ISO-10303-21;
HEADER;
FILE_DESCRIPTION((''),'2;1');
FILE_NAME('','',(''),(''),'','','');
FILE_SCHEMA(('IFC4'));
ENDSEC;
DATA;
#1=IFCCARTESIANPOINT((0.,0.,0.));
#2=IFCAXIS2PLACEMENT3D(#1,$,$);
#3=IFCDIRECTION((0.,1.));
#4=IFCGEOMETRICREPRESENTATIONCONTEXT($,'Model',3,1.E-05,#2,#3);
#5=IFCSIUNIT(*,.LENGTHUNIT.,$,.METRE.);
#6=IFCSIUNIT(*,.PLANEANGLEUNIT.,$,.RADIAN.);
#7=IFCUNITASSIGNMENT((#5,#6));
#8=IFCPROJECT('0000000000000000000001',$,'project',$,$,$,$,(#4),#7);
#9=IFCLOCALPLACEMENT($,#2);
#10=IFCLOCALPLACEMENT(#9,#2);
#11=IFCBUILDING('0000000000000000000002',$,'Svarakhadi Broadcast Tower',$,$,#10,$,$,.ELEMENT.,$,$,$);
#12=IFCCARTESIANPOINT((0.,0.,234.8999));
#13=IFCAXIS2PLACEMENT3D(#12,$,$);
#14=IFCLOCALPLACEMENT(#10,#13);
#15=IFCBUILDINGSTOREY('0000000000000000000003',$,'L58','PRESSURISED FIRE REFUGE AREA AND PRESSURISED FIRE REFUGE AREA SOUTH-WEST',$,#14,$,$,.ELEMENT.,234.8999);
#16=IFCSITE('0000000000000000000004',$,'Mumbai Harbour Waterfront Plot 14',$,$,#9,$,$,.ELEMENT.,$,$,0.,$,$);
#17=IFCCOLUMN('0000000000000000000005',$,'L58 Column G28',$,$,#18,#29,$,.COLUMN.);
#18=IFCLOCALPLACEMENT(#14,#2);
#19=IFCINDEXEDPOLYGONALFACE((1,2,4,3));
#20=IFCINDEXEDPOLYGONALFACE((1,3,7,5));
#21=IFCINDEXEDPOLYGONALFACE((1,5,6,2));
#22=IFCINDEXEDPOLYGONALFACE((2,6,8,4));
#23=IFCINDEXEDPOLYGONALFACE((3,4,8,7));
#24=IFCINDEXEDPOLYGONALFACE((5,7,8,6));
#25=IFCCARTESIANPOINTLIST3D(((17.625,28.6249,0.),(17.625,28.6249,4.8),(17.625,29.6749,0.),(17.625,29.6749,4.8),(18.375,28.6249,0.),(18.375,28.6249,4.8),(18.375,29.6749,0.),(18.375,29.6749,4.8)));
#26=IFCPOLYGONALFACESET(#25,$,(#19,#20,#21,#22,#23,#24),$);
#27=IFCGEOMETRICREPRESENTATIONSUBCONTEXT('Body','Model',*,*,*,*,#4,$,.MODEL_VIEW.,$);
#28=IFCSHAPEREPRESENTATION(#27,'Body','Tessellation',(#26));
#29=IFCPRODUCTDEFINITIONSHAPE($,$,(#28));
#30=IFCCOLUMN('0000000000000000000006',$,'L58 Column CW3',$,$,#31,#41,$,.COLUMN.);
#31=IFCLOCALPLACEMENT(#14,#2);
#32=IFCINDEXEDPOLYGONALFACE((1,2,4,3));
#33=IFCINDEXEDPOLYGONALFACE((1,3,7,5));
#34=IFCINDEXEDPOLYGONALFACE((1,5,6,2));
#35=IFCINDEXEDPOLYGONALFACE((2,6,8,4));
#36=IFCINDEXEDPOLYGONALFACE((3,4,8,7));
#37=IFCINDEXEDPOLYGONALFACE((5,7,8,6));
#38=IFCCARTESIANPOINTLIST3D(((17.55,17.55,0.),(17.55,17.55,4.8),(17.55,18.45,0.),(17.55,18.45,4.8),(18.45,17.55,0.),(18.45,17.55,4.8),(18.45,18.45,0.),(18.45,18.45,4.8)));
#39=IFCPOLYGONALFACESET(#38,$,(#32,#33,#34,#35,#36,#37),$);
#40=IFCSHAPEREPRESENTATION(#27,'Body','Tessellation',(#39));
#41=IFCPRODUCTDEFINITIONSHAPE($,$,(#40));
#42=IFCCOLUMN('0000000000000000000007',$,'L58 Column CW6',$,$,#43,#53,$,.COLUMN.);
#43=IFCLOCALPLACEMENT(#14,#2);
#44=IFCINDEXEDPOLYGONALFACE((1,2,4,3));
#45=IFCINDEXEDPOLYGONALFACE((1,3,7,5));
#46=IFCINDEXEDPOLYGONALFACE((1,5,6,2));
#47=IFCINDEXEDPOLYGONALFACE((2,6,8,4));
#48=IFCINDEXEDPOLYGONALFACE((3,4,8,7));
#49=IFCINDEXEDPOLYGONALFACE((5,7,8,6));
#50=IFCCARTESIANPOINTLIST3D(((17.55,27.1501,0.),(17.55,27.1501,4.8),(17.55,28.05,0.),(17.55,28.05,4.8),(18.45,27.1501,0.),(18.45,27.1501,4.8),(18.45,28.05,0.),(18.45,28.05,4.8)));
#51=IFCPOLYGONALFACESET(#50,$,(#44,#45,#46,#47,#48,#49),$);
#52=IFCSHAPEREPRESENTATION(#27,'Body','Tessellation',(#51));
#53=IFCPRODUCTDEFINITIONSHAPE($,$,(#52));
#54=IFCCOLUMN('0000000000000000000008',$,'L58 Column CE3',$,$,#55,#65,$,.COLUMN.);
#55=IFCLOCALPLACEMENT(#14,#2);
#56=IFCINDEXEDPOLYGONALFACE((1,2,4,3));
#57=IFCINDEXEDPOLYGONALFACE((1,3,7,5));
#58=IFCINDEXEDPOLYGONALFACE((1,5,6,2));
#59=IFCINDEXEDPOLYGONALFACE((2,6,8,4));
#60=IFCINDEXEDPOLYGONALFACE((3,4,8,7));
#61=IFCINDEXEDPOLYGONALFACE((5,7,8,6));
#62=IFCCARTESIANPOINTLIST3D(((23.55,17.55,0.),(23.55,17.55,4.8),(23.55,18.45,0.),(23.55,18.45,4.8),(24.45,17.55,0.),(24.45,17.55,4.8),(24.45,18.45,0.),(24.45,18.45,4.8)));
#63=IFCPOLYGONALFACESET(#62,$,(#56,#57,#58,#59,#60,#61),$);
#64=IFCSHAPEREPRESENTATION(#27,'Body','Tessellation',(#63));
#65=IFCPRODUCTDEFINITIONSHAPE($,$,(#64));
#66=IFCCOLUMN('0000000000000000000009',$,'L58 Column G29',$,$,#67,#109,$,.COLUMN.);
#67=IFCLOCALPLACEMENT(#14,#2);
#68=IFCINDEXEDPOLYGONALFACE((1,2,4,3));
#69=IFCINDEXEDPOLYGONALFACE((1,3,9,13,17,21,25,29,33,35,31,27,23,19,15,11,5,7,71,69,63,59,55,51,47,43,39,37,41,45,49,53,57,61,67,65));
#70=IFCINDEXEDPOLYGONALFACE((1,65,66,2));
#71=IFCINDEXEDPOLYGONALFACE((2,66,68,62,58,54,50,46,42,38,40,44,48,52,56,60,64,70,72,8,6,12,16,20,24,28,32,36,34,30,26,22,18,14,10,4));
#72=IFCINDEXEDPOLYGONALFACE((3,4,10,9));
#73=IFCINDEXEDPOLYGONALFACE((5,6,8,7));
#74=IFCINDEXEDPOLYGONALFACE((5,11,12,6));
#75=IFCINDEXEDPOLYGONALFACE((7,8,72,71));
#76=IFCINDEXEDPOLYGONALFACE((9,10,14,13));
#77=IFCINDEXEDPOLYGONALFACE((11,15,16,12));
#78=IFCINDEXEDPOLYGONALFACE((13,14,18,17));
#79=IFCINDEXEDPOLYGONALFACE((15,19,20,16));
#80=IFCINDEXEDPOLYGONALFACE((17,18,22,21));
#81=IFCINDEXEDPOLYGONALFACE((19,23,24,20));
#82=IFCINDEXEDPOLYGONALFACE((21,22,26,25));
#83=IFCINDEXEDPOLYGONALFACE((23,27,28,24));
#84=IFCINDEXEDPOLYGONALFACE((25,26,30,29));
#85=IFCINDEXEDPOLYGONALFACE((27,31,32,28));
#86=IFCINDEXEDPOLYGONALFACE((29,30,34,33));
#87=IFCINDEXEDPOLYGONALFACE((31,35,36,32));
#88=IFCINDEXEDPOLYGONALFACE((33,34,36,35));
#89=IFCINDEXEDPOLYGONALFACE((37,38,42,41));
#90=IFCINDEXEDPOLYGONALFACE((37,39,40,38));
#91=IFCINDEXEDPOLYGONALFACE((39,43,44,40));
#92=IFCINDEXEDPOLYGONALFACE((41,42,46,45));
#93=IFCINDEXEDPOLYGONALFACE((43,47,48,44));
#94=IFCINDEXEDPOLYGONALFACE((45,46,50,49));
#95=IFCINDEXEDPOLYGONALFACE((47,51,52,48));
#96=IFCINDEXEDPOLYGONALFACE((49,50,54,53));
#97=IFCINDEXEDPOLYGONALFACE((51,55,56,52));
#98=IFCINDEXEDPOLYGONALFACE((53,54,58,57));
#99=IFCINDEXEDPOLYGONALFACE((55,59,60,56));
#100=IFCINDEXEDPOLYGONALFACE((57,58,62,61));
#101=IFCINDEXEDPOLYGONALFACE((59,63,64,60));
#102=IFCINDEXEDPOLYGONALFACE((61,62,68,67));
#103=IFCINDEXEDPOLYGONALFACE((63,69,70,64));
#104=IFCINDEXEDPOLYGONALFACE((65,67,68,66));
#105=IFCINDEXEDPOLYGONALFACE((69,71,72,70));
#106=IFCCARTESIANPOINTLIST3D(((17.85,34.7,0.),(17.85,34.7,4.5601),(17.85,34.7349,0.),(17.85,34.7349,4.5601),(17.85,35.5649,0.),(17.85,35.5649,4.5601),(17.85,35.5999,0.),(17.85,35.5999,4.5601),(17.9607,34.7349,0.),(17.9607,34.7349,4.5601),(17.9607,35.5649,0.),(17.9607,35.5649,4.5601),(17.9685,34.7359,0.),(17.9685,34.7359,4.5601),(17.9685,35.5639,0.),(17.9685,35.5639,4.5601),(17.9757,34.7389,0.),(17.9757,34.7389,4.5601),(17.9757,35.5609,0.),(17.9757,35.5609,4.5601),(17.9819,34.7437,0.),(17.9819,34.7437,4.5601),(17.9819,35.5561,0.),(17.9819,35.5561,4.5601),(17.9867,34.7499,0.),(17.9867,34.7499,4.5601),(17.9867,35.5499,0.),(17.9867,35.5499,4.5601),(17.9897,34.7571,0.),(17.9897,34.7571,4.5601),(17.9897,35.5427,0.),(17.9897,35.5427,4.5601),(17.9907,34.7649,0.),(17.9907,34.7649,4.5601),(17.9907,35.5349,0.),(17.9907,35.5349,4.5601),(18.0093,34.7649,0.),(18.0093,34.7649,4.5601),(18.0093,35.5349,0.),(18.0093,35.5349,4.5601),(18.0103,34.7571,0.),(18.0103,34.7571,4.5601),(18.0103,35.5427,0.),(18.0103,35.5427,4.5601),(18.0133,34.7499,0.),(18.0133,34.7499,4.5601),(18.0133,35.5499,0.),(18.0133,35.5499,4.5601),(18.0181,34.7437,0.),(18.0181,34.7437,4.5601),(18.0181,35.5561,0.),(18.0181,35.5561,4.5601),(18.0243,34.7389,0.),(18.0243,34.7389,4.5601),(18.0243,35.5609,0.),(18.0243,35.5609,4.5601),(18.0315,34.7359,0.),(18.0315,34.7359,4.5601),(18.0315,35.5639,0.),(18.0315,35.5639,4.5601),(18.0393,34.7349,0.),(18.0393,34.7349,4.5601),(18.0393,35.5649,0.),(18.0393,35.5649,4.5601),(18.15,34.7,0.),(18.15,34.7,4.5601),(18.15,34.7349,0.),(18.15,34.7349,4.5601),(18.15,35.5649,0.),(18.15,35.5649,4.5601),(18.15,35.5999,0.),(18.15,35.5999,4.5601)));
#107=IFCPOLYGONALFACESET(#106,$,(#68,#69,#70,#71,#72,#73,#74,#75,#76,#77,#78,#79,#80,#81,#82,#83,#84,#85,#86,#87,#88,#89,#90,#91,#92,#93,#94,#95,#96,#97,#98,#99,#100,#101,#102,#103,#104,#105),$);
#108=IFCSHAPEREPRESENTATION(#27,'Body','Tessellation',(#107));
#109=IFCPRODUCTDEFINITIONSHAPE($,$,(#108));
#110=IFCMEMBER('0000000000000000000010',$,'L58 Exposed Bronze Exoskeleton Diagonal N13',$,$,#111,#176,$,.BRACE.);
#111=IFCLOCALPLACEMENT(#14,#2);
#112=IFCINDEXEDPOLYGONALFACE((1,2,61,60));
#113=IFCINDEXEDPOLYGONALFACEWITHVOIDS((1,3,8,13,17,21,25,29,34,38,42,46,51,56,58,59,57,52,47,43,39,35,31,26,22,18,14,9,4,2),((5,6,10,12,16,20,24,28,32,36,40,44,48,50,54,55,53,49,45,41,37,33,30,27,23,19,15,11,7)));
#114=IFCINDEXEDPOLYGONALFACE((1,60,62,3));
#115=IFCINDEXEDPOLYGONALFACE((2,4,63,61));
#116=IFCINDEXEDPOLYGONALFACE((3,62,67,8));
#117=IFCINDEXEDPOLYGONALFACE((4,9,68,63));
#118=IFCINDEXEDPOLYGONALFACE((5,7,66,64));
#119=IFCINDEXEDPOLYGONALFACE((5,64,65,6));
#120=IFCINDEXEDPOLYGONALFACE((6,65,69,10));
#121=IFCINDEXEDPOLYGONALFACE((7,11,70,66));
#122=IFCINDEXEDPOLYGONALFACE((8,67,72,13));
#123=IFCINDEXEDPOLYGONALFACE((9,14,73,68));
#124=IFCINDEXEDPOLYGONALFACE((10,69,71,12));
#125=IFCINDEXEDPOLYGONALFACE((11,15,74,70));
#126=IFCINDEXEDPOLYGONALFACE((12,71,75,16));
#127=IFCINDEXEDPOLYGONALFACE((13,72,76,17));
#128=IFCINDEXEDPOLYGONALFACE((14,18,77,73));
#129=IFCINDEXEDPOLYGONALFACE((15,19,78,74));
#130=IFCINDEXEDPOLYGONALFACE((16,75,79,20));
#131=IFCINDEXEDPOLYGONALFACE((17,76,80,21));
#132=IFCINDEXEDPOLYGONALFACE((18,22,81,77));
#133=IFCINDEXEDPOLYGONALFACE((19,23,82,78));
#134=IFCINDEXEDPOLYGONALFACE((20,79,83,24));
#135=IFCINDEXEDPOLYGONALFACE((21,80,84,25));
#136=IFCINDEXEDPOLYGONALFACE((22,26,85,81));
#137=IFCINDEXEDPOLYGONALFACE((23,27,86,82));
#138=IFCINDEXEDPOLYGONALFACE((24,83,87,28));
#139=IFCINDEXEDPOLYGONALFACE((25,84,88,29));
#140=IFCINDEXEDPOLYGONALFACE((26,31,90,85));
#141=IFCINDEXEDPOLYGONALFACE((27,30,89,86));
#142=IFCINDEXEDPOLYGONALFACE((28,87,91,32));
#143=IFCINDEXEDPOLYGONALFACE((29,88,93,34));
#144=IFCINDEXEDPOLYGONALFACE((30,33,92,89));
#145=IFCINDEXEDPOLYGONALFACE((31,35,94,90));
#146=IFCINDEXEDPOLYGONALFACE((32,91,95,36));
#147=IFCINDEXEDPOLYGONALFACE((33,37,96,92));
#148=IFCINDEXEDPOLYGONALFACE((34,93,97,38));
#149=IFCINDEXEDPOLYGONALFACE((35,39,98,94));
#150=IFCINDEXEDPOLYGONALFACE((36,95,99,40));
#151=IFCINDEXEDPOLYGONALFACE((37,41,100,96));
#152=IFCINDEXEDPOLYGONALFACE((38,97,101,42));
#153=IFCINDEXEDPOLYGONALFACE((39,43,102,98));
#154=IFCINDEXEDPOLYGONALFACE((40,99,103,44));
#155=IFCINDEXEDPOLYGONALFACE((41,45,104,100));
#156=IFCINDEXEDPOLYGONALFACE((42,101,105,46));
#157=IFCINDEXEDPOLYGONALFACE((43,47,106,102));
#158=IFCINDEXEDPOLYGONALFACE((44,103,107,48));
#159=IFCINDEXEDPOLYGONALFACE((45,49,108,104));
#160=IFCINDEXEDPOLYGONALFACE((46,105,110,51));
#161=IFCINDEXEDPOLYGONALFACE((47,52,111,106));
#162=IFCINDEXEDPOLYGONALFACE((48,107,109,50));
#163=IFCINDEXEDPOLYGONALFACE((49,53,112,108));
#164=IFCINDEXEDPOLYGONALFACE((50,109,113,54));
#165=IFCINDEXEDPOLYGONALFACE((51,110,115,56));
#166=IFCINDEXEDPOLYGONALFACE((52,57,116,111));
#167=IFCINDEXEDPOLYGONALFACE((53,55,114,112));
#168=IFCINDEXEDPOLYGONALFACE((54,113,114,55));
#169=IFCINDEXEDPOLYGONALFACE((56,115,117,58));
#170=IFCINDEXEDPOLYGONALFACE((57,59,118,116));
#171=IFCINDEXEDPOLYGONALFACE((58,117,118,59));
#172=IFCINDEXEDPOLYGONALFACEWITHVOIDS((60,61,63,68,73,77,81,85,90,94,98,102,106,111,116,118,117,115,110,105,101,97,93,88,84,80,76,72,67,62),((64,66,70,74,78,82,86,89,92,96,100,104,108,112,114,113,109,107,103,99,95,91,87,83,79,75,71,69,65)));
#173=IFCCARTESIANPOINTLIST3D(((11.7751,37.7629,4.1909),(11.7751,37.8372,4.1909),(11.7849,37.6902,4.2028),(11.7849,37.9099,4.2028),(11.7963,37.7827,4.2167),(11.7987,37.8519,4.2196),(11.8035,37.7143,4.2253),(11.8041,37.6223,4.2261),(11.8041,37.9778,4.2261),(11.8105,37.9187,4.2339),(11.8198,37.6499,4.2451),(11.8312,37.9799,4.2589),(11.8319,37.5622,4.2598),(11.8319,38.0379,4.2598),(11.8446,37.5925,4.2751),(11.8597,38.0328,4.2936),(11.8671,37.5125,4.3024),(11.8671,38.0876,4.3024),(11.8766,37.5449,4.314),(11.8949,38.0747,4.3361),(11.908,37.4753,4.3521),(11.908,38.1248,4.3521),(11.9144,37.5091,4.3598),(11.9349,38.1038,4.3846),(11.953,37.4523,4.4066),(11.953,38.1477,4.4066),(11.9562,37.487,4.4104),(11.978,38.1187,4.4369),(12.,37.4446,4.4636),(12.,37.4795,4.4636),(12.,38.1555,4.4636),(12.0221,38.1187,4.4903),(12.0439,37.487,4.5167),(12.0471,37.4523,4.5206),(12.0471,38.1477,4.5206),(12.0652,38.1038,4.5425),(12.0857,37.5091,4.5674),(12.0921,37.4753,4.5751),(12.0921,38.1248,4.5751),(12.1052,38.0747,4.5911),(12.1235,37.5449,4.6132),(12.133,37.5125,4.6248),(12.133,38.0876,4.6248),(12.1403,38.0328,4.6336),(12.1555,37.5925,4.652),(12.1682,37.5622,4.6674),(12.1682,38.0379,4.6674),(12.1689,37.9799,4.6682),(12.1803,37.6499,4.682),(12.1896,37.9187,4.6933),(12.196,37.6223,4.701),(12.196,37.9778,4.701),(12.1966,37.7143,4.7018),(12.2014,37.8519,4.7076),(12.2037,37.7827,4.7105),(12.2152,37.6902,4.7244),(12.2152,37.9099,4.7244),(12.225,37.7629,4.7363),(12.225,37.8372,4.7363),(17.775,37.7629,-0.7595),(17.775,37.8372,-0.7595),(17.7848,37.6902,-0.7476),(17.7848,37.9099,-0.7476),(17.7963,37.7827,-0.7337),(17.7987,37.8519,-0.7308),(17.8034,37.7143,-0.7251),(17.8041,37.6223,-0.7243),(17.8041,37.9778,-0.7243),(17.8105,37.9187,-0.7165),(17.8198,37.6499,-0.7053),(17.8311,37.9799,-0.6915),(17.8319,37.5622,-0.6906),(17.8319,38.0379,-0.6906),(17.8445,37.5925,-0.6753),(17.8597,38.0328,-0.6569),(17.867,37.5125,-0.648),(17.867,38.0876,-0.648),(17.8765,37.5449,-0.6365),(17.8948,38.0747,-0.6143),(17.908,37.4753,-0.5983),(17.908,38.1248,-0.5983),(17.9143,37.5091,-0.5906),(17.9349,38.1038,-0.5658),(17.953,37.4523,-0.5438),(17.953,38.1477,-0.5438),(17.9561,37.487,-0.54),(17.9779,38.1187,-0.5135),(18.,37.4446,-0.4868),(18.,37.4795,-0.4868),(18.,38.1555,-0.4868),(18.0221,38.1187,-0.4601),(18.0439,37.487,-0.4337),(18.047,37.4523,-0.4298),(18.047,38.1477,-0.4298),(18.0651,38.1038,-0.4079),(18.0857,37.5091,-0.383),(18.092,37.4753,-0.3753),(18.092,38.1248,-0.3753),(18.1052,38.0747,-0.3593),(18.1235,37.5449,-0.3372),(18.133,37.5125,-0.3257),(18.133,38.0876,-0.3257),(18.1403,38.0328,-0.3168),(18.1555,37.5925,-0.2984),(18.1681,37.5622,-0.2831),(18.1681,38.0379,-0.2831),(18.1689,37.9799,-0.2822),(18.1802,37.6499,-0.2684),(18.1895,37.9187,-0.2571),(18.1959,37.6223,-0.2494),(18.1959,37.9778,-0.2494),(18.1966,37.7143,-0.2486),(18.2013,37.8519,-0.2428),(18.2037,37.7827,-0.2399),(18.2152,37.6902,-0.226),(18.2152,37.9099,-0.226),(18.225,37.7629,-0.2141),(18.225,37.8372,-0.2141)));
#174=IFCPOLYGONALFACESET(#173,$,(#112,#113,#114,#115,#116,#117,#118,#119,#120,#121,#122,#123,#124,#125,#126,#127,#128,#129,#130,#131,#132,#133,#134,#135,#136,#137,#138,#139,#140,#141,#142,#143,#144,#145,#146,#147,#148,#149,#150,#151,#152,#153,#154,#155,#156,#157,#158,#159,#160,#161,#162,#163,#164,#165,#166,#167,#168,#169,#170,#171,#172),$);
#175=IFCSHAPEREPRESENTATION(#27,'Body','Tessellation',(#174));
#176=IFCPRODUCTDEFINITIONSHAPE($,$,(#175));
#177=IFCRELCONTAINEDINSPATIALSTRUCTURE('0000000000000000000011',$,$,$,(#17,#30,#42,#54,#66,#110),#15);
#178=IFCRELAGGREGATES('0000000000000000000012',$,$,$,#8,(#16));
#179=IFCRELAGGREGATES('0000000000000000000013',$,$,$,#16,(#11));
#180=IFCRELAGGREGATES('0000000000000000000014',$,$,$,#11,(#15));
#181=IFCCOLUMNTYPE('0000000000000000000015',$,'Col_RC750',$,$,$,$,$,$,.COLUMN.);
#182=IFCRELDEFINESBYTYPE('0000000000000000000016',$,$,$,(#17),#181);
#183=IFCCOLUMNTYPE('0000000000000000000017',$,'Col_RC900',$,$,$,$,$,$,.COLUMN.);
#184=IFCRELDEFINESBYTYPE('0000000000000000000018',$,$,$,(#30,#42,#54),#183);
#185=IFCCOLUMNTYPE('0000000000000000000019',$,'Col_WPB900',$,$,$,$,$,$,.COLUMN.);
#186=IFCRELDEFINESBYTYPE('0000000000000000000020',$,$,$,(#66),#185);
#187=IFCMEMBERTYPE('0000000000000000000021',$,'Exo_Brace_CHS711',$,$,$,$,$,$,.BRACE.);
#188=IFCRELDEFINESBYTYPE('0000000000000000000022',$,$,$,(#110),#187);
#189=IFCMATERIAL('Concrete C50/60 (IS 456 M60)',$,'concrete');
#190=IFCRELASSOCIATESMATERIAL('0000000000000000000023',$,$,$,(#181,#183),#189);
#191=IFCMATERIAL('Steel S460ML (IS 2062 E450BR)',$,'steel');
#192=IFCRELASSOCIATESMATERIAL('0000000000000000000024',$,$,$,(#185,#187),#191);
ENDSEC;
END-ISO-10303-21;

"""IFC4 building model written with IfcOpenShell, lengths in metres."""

from ifc_helpers import new_model, si_unit, direction, frame, origin, origin_2d, place, context, subcontext, project, spatial, rectangle, hollow_circle, i_section, extrude, material, material_profile, profile_set, type_object, element, save


model = new_model("IFC4")

# Units and contexts
model_context = context("Model", 3, precision=1e-05, world=origin(), true_north=direction((0.0, 1.0)))
body_context = subcontext(model_context, "Body", "Model", "MODEL_VIEW")
ifc_project = project(units=[si_unit("LENGTHUNIT", "METRE"), si_unit("PLANEANGLEUNIT", "RADIAN")], contexts=[model_context])

# Site, building, storey
site_placement = place(None, origin())
site = spatial("IfcSite", under=ifc_project, at=site_placement, Name="Mumbai Harbour Waterfront Plot 14", CompositionType="ELEMENT", RefElevation=0.0)
building_placement = place(site_placement, origin())
building = spatial("IfcBuilding", under=site, at=building_placement, Name="Svarakhadi Broadcast Tower", CompositionType="ELEMENT")
storey_placement = place(building_placement, frame((0.0, 0.0, 234.8999)))
storey = spatial("IfcBuildingStorey", under=building, at=storey_placement, Name="L58", Description="PRESSURISED FIRE REFUGE AREA AND PRESSURISED FIRE REFUGE AREA SOUTH-WEST", CompositionType="ELEMENT", Elevation=234.8999)

# Columns
ifc_material_1 = material(Name="Concrete C50/60 (IS 456 M60)", Category="concrete")
ifc_material_profile_1 = material_profile(ifc_material_1, rectangle(XDim=0.75, YDim=1.05, at=origin_2d()), Name="RC 750x1050")
ifc_profile_set_1 = profile_set([ifc_material_profile_1], Name="Concrete C50/60 (IS 456 M60)")
column_type_1 = type_object("IfcColumnType", Name="Col_RC750", PredefinedType="COLUMN", material=ifc_profile_set_1)
column_1_placement = place(storey_placement, frame((18.0, 29.1499, 0.0), z_axis=(0.0, 0.0, 1.0), x_axis=(1.0, 0.0, 0.0)))
element("IfcColumn", 1, at=column_1_placement, inside=storey, type_object=column_type_1, Name="L58 Column G28", PredefinedType="COLUMN", context=body_context, shape_type="SweptSolid", body=[
    extrude(rectangle(XDim=0.75, YDim=1.05, at=origin_2d()), origin(), (0.0, 0.0, 1.0), 4.8),
])
ifc_material_profile_2 = material_profile(ifc_material_1, rectangle(XDim=0.8999, YDim=0.8999, at=origin_2d()), Name="RC 900x900")
ifc_profile_set_2 = profile_set([ifc_material_profile_2], Name="Concrete C50/60 (IS 456 M60)")
column_type_2 = type_object("IfcColumnType", Name="Col_RC900", PredefinedType="COLUMN", material=ifc_profile_set_2)
for number, where, z_axis, x_axis, name in (
    (2, (18.0, 18.0, 0.0), (0.0, 0.0, 1.0), (1.0, 0.0, 0.0), "L58 Column CW3"),
    (3, (18.0, 27.6001, 0.0), (0.0, 0.0, 1.0), (1.0, 0.0, 0.0), "L58 Column CW6"),
    (4, (24.0, 18.0, 0.0), (0.0, 0.0, 1.0), (1.0, 0.0, 0.0), "L58 Column CE3"),
):
    element("IfcColumn", number, at=place(storey_placement, frame(where, z_axis=z_axis, x_axis=x_axis)), inside=storey, type_object=column_type_2, Name=name, PredefinedType="COLUMN", context=body_context, shape_type="SweptSolid", body=[
        extrude(rectangle(XDim=0.8999, YDim=0.8999, at=origin_2d()), origin(), (0.0, 0.0, 1.0), 4.8),
    ])
ifc_material_2 = material(Name="Steel S460ML (IS 2062 E450BR)", Category="steel")
ifc_material_profile_3 = material_profile(ifc_material_2, i_section(OverallWidth=0.3, OverallDepth=0.8999, WebThickness=0.0186, FlangeThickness=0.0349, FilletRadius=0.03, at=origin_2d()), Name="WPB 900x300x291")
ifc_profile_set_3 = profile_set([ifc_material_profile_3], Name="Steel S460ML (IS 2062 E450BR)")
column_type_3 = type_object("IfcColumnType", Name="Col_WPB900", PredefinedType="COLUMN", material=ifc_profile_set_3)
column_2_placement = place(storey_placement, frame((18.0, 35.1499, 0.0), z_axis=(0.0, 0.0, 1.0), x_axis=(1.0, 0.0, 0.0)))
element("IfcColumn", 5, at=column_2_placement, inside=storey, type_object=column_type_3, Name="L58 Column G29", PredefinedType="COLUMN", context=body_context, shape_type="SweptSolid", body=[
    extrude(i_section(OverallWidth=0.3, OverallDepth=0.8999, WebThickness=0.0186, FlangeThickness=0.0349, FilletRadius=0.03, at=origin_2d()), origin(), (0.0, 0.0, 1.0), 4.5601),
])

# Member
ifc_material_profile_4 = material_profile(ifc_material_2, hollow_circle(Radius=0.3555, WallThickness=0.0349, at=origin_2d()), Name="CHS 711x35")
ifc_profile_set_4 = profile_set([ifc_material_profile_4], Name="Steel S460ML (IS 2062 E450BR)")
member_type_1 = type_object("IfcMemberType", Name="Exo_Brace_CHS711", PredefinedType="BRACE", material=ifc_profile_set_4)
member_1_placement = place(storey_placement, frame((18.0, 37.8, -0.4868), z_axis=(-0.771346, 0.0, 0.636417), x_axis=(0.0, -1.0, 0.0)))
element("IfcMember", 6, at=member_1_placement, inside=storey, type_object=member_type_1, Name="L58 Exposed Bronze Exoskeleton Diagonal N13", PredefinedType="BRACE", context=body_context, shape_type="SweptSolid", body=[
    extrude(hollow_circle(Radius=0.3555, WallThickness=0.0349, at=origin_2d()), origin(), (0.0, 0.0, 1.0), 7.7786),
])

save(model, "model.ifc")
